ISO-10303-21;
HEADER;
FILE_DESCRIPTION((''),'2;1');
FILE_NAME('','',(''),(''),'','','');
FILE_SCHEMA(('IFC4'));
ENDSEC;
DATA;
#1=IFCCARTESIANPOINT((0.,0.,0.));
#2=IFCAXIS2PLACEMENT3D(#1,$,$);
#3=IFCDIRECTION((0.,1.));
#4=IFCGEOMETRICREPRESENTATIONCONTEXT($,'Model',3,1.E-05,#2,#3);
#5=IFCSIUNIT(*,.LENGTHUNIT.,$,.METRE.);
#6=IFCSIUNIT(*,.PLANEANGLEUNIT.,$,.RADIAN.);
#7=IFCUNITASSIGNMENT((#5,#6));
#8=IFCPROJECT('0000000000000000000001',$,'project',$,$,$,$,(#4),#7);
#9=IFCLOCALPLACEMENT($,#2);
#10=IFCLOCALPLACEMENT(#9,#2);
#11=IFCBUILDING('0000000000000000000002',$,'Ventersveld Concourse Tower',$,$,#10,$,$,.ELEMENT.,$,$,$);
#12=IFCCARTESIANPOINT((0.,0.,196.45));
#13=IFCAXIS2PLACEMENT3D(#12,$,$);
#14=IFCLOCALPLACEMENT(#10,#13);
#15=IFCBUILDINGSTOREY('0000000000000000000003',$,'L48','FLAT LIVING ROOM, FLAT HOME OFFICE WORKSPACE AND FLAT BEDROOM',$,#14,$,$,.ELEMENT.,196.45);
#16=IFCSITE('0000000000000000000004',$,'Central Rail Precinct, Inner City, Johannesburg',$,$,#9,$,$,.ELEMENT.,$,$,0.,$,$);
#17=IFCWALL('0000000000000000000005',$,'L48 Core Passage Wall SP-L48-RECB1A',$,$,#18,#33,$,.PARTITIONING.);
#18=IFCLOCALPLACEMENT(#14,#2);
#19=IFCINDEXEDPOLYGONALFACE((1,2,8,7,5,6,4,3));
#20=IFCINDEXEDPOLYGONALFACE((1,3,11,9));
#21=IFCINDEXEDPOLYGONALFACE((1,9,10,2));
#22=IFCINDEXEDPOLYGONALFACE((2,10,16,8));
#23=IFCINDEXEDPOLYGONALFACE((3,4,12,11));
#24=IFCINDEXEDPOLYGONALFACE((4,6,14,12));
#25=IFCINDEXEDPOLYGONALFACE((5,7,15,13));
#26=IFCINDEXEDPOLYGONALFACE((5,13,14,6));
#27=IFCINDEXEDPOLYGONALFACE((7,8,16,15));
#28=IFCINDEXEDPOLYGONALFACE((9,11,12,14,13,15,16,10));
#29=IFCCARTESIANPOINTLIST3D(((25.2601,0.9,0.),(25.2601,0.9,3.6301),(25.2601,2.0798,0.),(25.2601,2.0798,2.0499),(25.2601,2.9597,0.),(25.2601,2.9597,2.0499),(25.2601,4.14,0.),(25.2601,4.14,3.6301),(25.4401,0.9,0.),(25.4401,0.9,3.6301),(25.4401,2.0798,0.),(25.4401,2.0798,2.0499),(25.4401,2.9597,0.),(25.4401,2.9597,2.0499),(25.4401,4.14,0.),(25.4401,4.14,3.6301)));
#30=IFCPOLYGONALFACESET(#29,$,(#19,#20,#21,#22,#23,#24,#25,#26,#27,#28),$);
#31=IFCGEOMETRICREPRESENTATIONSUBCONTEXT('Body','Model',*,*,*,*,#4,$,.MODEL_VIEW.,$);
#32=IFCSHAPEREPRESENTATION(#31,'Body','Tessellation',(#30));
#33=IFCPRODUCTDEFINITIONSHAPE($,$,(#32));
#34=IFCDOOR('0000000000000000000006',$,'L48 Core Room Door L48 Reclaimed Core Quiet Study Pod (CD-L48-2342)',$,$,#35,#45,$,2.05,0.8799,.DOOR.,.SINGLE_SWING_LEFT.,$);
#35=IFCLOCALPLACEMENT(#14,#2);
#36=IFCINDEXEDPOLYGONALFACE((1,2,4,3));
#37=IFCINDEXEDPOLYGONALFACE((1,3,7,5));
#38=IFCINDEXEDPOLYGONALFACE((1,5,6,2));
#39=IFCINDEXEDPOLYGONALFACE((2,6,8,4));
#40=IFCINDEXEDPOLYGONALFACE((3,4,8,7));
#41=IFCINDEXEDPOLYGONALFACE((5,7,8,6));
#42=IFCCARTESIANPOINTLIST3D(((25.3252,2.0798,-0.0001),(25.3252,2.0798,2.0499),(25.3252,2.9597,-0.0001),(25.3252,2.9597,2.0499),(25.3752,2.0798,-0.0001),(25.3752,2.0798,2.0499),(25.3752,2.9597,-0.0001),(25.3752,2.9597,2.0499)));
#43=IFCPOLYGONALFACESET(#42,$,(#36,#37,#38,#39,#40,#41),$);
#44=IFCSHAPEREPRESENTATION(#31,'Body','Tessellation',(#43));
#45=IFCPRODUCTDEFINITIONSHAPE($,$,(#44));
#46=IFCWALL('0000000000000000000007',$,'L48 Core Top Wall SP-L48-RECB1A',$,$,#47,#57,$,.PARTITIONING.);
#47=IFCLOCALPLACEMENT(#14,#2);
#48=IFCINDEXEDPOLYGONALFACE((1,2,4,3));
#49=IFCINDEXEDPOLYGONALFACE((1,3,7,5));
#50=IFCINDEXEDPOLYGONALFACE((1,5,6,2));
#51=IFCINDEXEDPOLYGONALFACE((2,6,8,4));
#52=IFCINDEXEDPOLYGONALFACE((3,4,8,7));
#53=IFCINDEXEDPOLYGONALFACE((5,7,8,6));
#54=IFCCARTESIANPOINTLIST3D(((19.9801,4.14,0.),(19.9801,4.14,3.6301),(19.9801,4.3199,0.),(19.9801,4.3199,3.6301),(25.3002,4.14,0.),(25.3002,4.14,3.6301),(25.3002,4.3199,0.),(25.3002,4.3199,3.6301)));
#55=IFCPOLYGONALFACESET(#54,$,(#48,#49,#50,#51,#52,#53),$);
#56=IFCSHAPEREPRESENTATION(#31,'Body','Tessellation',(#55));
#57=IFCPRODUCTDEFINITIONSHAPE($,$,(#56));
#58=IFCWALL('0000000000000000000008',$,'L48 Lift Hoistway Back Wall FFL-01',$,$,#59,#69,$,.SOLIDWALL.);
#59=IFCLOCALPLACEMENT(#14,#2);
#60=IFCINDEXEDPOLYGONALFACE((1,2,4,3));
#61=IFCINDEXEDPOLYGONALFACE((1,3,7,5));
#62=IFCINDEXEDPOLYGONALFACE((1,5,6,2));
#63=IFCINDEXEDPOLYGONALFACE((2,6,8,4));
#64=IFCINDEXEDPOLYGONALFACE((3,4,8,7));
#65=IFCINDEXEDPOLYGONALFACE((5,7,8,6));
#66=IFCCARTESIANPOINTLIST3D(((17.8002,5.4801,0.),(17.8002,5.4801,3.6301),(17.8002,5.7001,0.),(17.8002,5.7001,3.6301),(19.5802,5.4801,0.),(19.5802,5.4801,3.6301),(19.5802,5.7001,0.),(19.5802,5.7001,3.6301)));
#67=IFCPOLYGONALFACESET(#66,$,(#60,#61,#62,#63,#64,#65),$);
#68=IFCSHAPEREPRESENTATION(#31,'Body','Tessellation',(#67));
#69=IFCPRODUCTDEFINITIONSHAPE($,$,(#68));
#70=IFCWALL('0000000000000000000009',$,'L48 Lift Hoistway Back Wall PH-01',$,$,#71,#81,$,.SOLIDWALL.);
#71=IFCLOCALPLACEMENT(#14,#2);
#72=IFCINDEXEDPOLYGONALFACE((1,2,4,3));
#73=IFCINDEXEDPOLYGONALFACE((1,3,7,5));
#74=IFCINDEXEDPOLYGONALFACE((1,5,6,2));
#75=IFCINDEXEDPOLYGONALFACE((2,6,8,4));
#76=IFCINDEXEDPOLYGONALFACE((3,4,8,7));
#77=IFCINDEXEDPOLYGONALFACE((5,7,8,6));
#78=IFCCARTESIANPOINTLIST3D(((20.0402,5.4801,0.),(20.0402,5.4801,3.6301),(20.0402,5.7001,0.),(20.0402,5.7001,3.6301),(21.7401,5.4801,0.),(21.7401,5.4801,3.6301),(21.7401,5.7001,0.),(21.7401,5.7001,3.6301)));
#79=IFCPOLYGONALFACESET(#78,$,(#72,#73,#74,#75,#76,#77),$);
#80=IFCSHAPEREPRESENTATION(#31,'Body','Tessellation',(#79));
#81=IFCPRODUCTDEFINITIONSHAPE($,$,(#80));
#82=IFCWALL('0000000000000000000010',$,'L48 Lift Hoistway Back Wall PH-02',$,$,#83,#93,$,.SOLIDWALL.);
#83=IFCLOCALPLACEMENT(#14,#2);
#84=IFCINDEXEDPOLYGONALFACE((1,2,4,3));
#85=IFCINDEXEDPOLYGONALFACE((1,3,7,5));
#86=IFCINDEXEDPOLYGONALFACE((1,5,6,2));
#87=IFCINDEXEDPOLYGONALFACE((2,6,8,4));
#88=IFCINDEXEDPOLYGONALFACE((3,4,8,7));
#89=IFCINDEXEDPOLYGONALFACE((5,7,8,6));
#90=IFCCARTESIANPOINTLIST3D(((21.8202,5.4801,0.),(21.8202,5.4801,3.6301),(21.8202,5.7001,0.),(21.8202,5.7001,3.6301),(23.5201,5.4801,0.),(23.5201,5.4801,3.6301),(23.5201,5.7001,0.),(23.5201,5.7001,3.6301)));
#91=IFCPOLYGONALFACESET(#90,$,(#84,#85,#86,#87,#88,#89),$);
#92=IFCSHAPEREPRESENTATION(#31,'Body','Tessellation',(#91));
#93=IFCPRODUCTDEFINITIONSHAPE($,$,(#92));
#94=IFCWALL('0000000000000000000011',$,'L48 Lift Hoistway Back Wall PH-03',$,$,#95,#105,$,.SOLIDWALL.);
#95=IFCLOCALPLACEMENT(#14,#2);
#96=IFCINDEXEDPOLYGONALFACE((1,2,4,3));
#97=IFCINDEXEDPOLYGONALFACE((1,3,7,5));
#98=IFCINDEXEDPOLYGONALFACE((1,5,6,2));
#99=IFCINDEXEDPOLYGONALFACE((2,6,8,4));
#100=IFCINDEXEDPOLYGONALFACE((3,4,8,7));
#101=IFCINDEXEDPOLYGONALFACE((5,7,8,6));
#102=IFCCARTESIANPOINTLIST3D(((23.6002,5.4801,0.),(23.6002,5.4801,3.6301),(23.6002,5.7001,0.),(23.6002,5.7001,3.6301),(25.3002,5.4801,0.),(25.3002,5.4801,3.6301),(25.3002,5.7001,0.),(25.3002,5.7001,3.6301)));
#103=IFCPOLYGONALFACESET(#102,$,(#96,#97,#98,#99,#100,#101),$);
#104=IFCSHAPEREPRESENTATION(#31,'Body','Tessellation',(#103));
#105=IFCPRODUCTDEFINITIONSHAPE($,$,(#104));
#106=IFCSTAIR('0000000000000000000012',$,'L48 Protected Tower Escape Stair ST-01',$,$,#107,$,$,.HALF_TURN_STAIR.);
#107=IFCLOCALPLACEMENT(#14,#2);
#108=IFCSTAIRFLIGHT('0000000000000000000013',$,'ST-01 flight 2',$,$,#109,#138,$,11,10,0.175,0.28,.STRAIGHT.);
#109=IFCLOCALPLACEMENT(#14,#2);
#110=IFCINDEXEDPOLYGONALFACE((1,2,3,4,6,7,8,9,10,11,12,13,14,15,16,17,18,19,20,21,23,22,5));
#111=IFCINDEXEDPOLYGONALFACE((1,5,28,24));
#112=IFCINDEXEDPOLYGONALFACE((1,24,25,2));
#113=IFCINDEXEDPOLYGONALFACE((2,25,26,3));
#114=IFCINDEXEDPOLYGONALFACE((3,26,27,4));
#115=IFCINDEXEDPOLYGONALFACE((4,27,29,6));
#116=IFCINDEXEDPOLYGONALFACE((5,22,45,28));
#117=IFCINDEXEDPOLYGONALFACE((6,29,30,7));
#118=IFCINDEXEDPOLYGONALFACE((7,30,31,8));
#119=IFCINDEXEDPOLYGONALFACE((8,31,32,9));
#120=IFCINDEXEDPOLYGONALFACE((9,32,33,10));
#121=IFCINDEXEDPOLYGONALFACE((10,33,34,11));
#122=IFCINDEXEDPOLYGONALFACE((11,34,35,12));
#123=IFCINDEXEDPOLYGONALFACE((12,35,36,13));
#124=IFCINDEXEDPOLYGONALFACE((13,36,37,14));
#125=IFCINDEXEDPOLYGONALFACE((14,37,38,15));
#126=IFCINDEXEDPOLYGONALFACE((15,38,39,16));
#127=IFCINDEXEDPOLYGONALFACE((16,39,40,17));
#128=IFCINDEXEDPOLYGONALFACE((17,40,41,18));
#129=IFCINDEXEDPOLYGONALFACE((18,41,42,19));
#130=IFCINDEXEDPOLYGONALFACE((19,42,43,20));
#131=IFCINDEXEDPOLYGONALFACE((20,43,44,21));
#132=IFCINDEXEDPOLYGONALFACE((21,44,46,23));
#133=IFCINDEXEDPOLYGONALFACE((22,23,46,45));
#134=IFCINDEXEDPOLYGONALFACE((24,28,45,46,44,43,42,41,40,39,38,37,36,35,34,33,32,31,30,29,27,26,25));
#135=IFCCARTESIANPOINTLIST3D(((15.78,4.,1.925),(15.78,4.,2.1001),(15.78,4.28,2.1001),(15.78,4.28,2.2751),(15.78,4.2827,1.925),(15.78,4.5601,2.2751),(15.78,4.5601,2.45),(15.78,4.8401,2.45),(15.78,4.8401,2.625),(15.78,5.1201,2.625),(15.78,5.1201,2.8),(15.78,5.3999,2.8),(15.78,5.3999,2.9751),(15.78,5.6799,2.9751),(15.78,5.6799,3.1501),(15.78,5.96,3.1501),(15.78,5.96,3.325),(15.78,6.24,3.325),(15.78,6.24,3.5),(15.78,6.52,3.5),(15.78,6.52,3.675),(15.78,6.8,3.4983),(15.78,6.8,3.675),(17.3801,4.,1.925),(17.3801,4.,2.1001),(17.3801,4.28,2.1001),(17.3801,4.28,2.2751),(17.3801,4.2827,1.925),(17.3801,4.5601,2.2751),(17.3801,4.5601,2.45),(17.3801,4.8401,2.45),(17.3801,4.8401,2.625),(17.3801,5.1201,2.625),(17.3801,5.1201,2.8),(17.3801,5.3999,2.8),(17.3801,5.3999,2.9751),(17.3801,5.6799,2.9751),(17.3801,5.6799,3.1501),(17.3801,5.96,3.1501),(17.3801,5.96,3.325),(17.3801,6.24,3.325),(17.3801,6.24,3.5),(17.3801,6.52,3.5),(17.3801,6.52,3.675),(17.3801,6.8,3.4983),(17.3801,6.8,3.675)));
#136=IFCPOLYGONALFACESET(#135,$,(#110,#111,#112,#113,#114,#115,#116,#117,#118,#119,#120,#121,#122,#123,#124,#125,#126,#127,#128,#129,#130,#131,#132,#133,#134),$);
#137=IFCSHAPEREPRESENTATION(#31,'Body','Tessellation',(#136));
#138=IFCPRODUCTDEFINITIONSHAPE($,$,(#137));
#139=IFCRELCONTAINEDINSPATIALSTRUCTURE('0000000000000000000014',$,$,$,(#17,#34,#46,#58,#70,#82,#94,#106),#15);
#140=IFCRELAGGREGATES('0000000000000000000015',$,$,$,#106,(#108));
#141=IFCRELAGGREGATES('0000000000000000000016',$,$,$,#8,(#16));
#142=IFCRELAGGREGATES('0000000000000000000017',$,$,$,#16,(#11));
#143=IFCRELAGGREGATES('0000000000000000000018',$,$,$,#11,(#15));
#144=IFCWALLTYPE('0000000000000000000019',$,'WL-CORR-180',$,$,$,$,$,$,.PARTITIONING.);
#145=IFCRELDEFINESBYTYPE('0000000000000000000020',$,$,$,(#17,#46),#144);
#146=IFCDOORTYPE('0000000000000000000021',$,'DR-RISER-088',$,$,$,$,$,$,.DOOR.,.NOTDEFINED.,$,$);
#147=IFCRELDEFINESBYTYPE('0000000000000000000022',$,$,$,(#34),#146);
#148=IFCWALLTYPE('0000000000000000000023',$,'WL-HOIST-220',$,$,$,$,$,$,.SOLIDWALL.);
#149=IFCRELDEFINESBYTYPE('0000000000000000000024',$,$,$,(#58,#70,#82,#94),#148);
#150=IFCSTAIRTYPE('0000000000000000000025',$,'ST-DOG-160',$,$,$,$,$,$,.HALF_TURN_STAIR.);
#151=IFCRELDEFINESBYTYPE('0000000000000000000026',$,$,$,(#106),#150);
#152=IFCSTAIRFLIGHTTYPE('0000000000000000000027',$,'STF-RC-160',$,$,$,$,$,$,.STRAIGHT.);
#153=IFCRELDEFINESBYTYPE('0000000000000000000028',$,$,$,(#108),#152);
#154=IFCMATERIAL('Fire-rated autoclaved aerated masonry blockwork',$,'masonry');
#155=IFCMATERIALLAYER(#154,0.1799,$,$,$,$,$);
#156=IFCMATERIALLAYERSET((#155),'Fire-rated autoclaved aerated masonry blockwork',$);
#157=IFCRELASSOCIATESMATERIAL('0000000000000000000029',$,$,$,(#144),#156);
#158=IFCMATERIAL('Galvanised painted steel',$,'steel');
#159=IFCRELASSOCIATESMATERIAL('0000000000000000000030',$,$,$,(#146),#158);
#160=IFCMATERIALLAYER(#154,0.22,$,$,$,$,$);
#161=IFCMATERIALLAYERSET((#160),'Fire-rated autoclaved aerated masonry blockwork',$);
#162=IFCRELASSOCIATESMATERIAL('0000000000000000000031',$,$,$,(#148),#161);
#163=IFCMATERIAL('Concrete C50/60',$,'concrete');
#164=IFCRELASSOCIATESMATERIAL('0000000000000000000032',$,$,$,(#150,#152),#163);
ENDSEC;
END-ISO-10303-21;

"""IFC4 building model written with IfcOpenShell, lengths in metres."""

from ifc_helpers import new_model, si_unit, direction, frame, frame_2d, origin, place, context, subcontext, project, spatial, polyline, rectangle, outline, extrude, material, layer, layer_set, type_object, element, fill, aggregate, save


model = new_model("IFC4")

# Units and contexts
model_context = context("Model", 3, precision=1e-05, world=origin(), true_north=direction((0.0, 1.0)))
body_context = subcontext(model_context, "Body", "Model", "MODEL_VIEW")
ifc_project = project(units=[si_unit("LENGTHUNIT", "METRE"), si_unit("PLANEANGLEUNIT", "RADIAN")], contexts=[model_context])

# Site, building, storey
site_placement = place(None, origin())
site = spatial("IfcSite", under=ifc_project, at=site_placement, Name="Central Rail Precinct, Inner City, Johannesburg", CompositionType="ELEMENT", RefElevation=0.0)
building_placement = place(site_placement, origin())
building = spatial("IfcBuilding", under=site, at=building_placement, Name="Ventersveld Concourse Tower", CompositionType="ELEMENT")
storey_placement = place(building_placement, frame((0.0, 0.0, 196.45)))
storey = spatial("IfcBuildingStorey", under=building, at=storey_placement, Name="L48", Description="FLAT LIVING ROOM, FLAT HOME OFFICE WORKSPACE AND FLAT BEDROOM", CompositionType="ELEMENT", Elevation=196.45)

# Shared definitions
ifc_material_1 = material(Name="Concrete C50/60", Category="concrete")

# Wall, opening, door
ifc_material_2 = material(Name="Fire-rated autoclaved aerated masonry blockwork", Category="masonry")
ifc_layer_1 = layer(ifc_material_2, 0.1799)
ifc_layer_set_1 = layer_set([ifc_layer_1], Name="Fire-rated autoclaved aerated masonry blockwork")
wall_type_1 = type_object("IfcWallType", Name="WL-CORR-180", PredefinedType="PARTITIONING", material=ifc_layer_set_1)
wall_1_placement = place(storey_placement, frame((25.3501, 0.8999, 0.0), z_axis=(0.0, 0.0, 1.0), x_axis=(0.0, 1.0, 0.0)))
wall_1 = element("IfcWall", 1, at=wall_1_placement, inside=storey, type_object=wall_type_1, Name="L48 Core Passage Wall SP-L48-RECB1A", PredefinedType="PARTITIONING", context=body_context, shape_type="SweptSolid", body=[
    extrude(rectangle(XDim=3.24, YDim=0.1799, at=frame_2d((1.6201, 0.0))), origin(), (0.0, 0.0, 1.0), 3.6301),
])
opening_placement = place(wall_1_placement, frame((1.1799, 0.0, 0.0)))
opening = element("IfcOpeningElement", 2, at=opening_placement, cuts=wall_1, PredefinedType="OPENING", context=body_context, shape_type="SweptSolid", body=[
    extrude(rectangle(XDim=0.8799, YDim=2.05, at=frame_2d((0.4399, 1.0249))), frame((0.0, 0.1001, 0.0), z_axis=(0.0, -1.0, 0.0), x_axis=(1.0, 0.0, 0.0)), (0.0, 0.0, 1.0), 0.2),
])
ifc_material_3 = material(Name="Galvanised painted steel", Category="steel")
door_type = type_object("IfcDoorType", Name="DR-RISER-088", OperationType="NOTDEFINED", PredefinedType="DOOR", material=ifc_material_3)
door_placement = place(opening_placement, origin())
door = element("IfcDoor", 3, at=door_placement, inside=storey, type_object=door_type, Name="L48 Core Room Door L48 Reclaimed Core Quiet Study Pod (CD-L48-2342)", OperationType="SINGLE_SWING_LEFT", OverallHeight=2.05, OverallWidth=0.8799, PredefinedType="DOOR", context=body_context, shape_type="SweptSolid", body=[
    extrude(rectangle(XDim=0.8799, YDim=2.05, at=frame_2d((0.4399, 1.0249))), frame((0.0, 0.0249, 0.0), z_axis=(0.0, -1.0, 0.0), x_axis=(1.0, 0.0, 0.0)), (0.0, 0.0, 1.0), 0.05),
])
fill(opening, door)

# Walls
wall_2_placement = place(storey_placement, frame((19.98, 4.23, 0.0), z_axis=(0.0, 0.0, 1.0), x_axis=(1.0, 0.0, 0.0)))
element("IfcWall", 4, at=wall_2_placement, inside=storey, type_object=wall_type_1, Name="L48 Core Top Wall SP-L48-RECB1A", PredefinedType="PARTITIONING", context=body_context, shape_type="SweptSolid", body=[
    extrude(rectangle(XDim=5.3201, YDim=0.1799, at=frame_2d((2.6602, 0.0))), origin(), (0.0, 0.0, 1.0), 3.6301),
])
ifc_layer_2 = layer(ifc_material_2, 0.22)
ifc_layer_set_2 = layer_set([ifc_layer_2], Name="Fire-rated autoclaved aerated masonry blockwork")
wall_type_2 = type_object("IfcWallType", Name="WL-HOIST-220", PredefinedType="SOLIDWALL", material=ifc_layer_set_2)
wall_3_placement = place(storey_placement, frame((17.8, 5.5901, 0.0), z_axis=(0.0, 0.0, 1.0), x_axis=(1.0, 0.0, 0.0)))
element("IfcWall", 5, at=wall_3_placement, inside=storey, type_object=wall_type_2, Name="L48 Lift Hoistway Back Wall FFL-01", PredefinedType="SOLIDWALL", context=body_context, shape_type="SweptSolid", body=[
    extrude(rectangle(XDim=1.78, YDim=0.22, at=frame_2d((0.8901, 0.0))), origin(), (0.0, 0.0, 1.0), 3.6301),
])
for number, where, z_axis, x_axis, name in (
    (6, (20.04, 5.5901, 0.0), (0.0, 0.0, 1.0), (1.0, 0.0, 0.0), "L48 Lift Hoistway Back Wall PH-01"),
    (7, (21.8201, 5.5901, 0.0), (0.0, 0.0, 1.0), (1.0, 0.0, 0.0), "L48 Lift Hoistway Back Wall PH-02"),
    (8, (23.6001, 5.5901, 0.0), (0.0, 0.0, 1.0), (1.0, 0.0, 0.0), "L48 Lift Hoistway Back Wall PH-03"),
):
    element("IfcWall", number, at=place(storey_placement, frame(where, z_axis=z_axis, x_axis=x_axis)), inside=storey, type_object=wall_type_2, Name=name, PredefinedType="SOLIDWALL", context=body_context, shape_type="SweptSolid", body=[
        extrude(rectangle(XDim=1.7, YDim=0.22, at=frame_2d((0.8501, 0.0))), origin(), (0.0, 0.0, 1.0), 3.6301),
    ])

# Stair, stair flight
stair_type = type_object("IfcStairType", Name="ST-DOG-160", PredefinedType="HALF_TURN_STAIR", material=ifc_material_1)
stair_placement = place(storey_placement, origin())
stair = element("IfcStair", 9, at=stair_placement, inside=storey, type_object=stair_type, Name="L48 Protected Tower Escape Stair ST-01", PredefinedType="HALF_TURN_STAIR")
stair_flight_type = type_object("IfcStairFlightType", Name="STF-RC-160", PredefinedType="STRAIGHT", material=ifc_material_1)
stair_flight_placement = place(storey_placement, frame((16.5801, 4.0, 1.925), z_axis=(0.0, 0.0, 1.0), x_axis=(0.0, 1.0, 0.0)))
stair_flight = element("IfcStairFlight", 10, at=stair_flight_placement, type_object=stair_flight_type, Name="ST-01 flight 2", NumberOfRisers=11, NumberOfTreads=10, PredefinedType="STRAIGHT", RiserHeight=0.175, TreadLength=0.28, context=body_context, shape_type="SweptSolid", body=[
    extrude(outline(polyline([(0.0, 0.0), (0.0, 0.175), (0.28, 0.175), (0.28, 0.3501), (0.5601, 0.3501), (0.5601, 0.5249), (0.8401, 0.5249), (0.8401, 0.7), (1.1201, 0.7), (1.1201, 0.875), (1.3999, 0.875), (1.3999, 1.05), (1.6799, 1.05), (1.6799, 1.2251), (1.96, 1.2251), (1.96, 1.3999), (2.24, 1.3999), (2.24, 1.575), (2.52, 1.575), (2.52, 1.75), (2.8, 1.75), (2.8, 1.925), (2.8, 1.5732), (0.2827, 0.0), (0.0, 0.0)])), frame((0.0, 0.8, 0.0), z_axis=(0.0, -1.0, 0.0), x_axis=(1.0, 0.0, 0.0)), (0.0, 0.0, 1.0), 1.6001),
])
aggregate(stair, [stair_flight])

save(model, "model.ifc")
